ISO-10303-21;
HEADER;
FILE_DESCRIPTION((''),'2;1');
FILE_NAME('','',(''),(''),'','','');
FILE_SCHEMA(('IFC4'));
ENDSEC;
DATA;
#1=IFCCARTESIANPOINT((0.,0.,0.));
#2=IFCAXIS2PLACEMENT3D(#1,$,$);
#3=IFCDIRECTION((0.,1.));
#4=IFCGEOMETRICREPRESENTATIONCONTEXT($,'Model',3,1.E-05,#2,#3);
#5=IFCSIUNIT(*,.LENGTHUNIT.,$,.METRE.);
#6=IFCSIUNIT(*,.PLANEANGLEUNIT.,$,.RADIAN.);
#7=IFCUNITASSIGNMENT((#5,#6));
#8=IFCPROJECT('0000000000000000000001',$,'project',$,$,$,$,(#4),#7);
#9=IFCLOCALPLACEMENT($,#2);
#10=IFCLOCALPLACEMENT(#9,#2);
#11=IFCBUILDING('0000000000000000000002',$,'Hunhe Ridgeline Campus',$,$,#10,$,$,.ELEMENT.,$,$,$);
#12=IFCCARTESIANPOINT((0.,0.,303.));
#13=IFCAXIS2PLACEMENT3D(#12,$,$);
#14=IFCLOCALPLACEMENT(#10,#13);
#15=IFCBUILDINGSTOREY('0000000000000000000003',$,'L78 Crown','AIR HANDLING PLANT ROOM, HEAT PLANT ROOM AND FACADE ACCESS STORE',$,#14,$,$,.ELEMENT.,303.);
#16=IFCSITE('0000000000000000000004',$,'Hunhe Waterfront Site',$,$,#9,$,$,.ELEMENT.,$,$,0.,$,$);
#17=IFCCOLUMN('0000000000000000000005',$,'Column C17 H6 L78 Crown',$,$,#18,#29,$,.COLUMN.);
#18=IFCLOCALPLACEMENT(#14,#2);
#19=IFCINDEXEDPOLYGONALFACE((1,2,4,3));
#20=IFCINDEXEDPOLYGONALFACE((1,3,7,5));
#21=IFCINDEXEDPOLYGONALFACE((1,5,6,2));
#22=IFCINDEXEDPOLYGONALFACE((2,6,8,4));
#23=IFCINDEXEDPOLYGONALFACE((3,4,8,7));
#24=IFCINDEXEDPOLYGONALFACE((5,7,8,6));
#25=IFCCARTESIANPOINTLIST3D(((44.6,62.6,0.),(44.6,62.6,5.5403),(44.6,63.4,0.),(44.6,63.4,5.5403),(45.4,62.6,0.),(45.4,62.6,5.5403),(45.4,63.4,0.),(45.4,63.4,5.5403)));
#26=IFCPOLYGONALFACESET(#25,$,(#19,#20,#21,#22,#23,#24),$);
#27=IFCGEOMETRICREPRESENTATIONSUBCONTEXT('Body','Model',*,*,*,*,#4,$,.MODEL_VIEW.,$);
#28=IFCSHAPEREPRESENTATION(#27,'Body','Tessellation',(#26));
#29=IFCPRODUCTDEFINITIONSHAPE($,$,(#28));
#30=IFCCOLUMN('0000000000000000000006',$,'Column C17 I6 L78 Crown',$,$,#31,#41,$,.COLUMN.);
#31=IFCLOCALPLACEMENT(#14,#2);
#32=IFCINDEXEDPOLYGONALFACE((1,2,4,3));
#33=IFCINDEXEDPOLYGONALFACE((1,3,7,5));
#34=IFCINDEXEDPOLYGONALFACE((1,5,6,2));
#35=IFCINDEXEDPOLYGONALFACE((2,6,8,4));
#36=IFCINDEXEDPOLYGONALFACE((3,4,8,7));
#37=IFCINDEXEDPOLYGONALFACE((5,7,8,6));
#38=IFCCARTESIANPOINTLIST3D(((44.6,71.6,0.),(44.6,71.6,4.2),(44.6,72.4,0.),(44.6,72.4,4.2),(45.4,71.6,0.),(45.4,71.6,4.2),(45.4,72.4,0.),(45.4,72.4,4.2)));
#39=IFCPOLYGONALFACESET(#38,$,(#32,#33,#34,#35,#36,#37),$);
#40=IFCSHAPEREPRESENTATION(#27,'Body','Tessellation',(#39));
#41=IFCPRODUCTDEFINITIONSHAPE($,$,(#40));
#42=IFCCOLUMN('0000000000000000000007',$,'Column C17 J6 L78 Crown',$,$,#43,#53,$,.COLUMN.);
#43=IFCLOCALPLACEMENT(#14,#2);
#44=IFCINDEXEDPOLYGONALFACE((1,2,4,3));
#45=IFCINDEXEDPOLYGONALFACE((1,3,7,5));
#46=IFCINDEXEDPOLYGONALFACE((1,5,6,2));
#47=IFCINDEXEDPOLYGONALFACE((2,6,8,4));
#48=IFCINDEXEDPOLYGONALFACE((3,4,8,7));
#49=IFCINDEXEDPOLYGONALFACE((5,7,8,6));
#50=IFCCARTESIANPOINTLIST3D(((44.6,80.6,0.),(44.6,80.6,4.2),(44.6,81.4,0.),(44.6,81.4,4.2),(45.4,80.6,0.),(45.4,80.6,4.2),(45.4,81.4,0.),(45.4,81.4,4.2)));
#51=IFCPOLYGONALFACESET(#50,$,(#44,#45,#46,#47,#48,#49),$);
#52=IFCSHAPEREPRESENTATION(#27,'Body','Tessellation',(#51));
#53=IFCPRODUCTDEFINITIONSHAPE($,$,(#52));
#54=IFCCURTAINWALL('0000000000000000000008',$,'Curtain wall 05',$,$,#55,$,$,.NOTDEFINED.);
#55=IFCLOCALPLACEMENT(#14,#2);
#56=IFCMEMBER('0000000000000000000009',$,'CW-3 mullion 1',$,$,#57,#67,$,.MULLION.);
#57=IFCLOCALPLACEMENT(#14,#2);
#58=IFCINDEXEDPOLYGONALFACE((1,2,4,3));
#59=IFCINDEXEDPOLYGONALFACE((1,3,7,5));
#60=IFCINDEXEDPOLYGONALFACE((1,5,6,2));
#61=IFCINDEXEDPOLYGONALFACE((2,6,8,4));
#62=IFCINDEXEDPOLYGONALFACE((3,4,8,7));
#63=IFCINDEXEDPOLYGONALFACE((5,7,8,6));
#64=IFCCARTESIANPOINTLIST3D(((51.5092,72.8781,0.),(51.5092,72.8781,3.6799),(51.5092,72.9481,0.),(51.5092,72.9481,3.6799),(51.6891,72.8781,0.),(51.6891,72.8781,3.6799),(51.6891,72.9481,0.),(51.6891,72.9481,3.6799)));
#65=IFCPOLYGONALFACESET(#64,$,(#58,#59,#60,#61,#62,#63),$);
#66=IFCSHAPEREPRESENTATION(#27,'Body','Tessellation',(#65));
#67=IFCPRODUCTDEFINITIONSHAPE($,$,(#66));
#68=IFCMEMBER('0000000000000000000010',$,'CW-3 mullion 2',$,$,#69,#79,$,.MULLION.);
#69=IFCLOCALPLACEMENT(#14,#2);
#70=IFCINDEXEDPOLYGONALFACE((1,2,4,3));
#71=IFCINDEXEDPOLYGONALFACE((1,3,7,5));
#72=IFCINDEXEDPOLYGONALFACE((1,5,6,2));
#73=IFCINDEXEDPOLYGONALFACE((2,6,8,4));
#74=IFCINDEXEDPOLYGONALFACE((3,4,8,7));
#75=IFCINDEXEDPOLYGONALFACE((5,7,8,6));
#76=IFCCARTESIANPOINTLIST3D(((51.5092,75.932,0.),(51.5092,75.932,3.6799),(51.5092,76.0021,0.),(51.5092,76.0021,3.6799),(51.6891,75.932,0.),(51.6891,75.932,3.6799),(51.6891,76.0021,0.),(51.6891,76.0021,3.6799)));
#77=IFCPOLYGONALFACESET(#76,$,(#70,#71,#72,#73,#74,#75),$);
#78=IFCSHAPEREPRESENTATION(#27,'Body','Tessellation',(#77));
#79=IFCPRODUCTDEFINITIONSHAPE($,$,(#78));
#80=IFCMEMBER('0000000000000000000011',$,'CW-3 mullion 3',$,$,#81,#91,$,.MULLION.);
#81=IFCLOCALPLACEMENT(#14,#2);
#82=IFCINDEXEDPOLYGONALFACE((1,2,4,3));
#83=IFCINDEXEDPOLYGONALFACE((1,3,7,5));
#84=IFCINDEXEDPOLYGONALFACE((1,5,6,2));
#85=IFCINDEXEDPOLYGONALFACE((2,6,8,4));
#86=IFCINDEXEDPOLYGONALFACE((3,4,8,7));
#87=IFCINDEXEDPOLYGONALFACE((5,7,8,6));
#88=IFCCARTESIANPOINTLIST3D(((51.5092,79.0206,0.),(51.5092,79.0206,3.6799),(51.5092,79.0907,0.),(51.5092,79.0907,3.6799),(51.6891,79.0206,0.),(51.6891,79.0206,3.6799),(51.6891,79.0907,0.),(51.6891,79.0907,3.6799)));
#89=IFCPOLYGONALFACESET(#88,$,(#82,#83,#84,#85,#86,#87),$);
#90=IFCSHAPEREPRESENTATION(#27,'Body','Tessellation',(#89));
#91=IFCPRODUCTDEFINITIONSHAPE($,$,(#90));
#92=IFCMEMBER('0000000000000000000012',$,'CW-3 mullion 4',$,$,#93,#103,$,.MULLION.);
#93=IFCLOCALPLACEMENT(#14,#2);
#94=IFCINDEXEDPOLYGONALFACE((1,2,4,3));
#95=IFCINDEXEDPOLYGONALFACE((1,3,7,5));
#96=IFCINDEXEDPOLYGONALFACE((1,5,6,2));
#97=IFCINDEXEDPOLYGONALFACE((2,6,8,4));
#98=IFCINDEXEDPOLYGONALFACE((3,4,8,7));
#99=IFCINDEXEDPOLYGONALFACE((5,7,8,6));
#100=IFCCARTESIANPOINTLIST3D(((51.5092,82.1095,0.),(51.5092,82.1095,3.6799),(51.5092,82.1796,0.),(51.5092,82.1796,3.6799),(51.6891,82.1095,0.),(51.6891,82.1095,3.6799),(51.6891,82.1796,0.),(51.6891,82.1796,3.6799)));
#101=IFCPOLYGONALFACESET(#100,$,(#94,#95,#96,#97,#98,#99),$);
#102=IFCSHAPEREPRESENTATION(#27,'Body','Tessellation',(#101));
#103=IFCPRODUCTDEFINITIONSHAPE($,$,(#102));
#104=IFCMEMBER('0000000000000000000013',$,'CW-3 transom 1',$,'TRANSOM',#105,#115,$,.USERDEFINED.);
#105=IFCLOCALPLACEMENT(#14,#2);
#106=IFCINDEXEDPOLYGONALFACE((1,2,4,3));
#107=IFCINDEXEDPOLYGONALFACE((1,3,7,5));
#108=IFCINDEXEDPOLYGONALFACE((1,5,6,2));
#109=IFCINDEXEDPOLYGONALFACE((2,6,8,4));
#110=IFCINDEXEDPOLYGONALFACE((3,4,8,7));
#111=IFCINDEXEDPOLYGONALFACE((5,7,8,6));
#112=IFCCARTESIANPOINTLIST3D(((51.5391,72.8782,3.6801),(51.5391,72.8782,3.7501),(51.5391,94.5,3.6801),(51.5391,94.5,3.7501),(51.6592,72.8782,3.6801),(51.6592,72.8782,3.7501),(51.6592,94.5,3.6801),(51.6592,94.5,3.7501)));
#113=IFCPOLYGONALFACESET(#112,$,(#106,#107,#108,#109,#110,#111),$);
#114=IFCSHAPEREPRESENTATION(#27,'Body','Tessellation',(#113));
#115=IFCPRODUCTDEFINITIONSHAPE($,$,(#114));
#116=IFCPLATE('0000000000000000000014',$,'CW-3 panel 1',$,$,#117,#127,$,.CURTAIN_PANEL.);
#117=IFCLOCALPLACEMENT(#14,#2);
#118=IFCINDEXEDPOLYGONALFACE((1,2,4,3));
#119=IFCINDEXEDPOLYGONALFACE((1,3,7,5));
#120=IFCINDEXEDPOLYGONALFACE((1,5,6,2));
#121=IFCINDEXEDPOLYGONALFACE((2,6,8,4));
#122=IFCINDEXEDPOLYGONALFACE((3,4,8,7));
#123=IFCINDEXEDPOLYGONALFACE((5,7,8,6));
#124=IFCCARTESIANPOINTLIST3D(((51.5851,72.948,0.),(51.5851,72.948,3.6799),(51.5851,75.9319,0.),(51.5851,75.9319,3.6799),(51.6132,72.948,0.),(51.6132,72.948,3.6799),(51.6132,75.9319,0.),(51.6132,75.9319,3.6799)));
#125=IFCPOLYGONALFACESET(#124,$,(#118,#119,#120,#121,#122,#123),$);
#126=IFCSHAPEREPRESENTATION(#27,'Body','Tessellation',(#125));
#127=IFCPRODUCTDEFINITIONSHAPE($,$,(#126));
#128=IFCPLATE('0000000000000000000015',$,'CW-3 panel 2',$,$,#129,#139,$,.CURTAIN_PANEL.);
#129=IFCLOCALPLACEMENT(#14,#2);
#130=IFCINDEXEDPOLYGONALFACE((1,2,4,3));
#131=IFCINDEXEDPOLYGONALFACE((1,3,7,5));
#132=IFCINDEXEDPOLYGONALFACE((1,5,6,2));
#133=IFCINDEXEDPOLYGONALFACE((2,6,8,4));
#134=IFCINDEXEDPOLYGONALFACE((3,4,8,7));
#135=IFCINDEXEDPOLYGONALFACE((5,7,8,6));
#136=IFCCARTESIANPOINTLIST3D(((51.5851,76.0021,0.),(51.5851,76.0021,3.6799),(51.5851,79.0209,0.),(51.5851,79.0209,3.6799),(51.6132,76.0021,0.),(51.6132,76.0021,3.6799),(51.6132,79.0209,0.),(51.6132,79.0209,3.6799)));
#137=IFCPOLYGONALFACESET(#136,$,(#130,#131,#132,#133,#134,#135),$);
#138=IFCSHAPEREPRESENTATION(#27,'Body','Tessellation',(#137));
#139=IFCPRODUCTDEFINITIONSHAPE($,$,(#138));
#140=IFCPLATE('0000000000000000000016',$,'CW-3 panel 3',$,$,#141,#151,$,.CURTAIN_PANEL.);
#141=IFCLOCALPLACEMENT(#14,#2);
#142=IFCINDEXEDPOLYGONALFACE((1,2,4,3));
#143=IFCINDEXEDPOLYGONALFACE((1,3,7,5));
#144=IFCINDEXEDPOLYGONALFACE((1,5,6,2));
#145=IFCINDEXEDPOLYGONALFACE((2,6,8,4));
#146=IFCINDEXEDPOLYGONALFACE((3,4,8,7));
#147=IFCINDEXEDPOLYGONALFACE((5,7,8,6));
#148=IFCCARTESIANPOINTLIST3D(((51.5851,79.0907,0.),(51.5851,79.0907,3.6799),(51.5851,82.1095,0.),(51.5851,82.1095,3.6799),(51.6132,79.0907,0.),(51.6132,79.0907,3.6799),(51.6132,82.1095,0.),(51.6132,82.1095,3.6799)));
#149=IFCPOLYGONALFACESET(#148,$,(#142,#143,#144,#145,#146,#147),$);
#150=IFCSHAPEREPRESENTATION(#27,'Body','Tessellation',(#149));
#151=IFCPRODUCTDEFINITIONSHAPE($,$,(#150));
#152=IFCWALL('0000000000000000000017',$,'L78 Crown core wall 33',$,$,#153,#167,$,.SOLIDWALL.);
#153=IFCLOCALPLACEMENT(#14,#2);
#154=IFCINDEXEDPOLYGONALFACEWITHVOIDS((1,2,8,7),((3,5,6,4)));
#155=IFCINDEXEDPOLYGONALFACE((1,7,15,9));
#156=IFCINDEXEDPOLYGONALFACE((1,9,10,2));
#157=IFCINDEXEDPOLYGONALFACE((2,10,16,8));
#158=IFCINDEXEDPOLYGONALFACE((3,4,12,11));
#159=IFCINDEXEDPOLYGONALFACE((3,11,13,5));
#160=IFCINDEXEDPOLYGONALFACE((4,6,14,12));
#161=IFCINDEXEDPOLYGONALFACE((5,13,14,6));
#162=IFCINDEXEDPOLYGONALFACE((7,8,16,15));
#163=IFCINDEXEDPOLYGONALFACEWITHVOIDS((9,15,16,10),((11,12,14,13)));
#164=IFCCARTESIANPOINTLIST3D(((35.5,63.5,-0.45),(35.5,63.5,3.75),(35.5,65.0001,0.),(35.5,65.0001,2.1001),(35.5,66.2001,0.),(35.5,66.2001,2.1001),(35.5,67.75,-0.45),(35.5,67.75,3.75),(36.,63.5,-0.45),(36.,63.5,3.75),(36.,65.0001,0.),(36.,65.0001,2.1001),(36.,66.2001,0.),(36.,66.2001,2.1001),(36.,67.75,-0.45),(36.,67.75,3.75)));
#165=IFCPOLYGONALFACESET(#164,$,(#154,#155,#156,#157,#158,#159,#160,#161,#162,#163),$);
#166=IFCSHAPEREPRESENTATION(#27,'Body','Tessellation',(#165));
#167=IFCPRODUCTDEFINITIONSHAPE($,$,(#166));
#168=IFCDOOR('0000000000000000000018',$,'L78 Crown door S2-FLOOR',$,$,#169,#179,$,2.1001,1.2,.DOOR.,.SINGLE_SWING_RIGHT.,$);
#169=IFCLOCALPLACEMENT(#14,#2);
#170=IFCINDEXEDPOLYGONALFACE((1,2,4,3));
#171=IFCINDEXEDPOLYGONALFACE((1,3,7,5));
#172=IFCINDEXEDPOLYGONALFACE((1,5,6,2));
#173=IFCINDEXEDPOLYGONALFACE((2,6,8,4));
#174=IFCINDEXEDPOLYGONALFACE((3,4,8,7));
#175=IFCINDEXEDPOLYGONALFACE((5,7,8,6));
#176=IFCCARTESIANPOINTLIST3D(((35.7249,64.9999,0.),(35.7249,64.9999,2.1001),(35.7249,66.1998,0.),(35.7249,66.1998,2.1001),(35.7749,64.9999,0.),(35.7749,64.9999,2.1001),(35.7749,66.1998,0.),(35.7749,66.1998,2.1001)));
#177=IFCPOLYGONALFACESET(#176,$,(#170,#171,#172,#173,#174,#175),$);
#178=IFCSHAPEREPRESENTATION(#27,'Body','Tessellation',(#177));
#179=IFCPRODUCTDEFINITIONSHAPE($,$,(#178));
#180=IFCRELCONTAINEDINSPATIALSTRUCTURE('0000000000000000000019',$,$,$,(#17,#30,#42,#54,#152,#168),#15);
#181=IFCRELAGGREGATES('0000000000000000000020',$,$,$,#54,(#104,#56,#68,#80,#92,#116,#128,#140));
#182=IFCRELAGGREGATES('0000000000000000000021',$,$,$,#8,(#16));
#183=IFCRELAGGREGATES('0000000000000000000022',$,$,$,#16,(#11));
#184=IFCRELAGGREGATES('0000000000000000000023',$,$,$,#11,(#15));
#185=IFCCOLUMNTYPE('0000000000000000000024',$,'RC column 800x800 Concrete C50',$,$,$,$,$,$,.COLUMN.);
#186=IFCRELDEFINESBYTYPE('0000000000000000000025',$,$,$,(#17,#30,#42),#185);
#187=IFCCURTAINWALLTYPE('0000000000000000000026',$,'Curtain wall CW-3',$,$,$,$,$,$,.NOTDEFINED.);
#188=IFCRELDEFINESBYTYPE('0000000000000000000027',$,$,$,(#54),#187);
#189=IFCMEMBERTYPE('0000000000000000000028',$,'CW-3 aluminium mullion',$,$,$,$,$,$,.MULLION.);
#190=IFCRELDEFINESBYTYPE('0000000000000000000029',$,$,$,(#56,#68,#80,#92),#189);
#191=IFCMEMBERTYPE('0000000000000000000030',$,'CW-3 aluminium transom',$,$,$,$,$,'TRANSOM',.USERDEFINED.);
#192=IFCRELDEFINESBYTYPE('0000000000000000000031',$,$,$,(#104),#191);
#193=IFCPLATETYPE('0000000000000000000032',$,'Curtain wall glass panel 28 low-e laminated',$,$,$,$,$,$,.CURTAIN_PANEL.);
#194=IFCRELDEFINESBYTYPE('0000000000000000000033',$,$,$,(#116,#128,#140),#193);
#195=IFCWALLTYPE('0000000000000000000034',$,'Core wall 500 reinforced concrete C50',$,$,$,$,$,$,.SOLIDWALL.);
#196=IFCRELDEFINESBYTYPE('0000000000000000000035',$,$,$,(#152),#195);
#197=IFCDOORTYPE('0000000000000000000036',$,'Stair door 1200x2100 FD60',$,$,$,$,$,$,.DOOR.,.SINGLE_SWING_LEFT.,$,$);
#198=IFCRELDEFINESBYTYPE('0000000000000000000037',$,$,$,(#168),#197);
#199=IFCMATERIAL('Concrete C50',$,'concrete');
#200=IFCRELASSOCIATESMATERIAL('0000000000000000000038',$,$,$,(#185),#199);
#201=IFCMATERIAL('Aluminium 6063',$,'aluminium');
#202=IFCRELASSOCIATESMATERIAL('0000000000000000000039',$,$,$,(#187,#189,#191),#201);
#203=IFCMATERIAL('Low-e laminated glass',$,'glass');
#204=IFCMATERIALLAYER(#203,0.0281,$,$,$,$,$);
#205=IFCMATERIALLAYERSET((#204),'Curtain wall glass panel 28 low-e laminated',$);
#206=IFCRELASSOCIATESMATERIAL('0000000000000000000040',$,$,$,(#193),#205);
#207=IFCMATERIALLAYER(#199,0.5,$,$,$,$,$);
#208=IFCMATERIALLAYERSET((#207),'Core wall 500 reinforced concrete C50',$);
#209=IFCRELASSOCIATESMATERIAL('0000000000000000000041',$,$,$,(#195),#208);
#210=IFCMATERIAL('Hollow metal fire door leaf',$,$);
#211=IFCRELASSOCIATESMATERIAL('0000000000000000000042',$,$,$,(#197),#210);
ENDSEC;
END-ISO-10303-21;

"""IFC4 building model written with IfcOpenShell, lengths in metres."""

from ifc_helpers import new_model, si_unit, direction, frame, frame_2d, origin, origin_2d, place, context, subcontext, project, spatial, rectangle, extrude, material, layer, layer_set, material_profile, profile_set, type_object, element, fill, aggregate, save


model = new_model("IFC4")

# Units and contexts
model_context = context("Model", 3, precision=1e-05, world=origin(), true_north=direction((0.0, 1.0)))
body_context = subcontext(model_context, "Body", "Model", "MODEL_VIEW")
ifc_project = project(units=[si_unit("LENGTHUNIT", "METRE"), si_unit("PLANEANGLEUNIT", "RADIAN")], contexts=[model_context])

# Site, building, storey
site_placement = place(None, origin())
site = spatial("IfcSite", under=ifc_project, at=site_placement, Name="Hunhe Waterfront Site", CompositionType="ELEMENT", RefElevation=0.0)
building_placement = place(site_placement, origin())
building = spatial("IfcBuilding", under=site, at=building_placement, Name="Hunhe Ridgeline Campus", CompositionType="ELEMENT")
storey_placement = place(building_placement, frame((0.0, 0.0, 303.0)))
storey = spatial("IfcBuildingStorey", under=building, at=storey_placement, Name="L78 Crown", Description="AIR HANDLING PLANT ROOM, HEAT PLANT ROOM AND FACADE ACCESS STORE", CompositionType="ELEMENT", Elevation=303.0)

# Columns
ifc_material_1 = material(Name="Concrete C50", Category="concrete")
ifc_material_profile_1 = material_profile(ifc_material_1, rectangle(XDim=0.8, YDim=0.8, at=origin_2d()))
ifc_profile_set_1 = profile_set([ifc_material_profile_1], Name="Concrete C50")
column_type = type_object("IfcColumnType", Name="RC column 800x800 Concrete C50", PredefinedType="COLUMN", material=ifc_profile_set_1)
column_placement = place(storey_placement, frame((45.0, 63.0, 0.0), z_axis=(0.0, 0.0, 1.0), x_axis=(1.0, 0.0, 0.0)))
element("IfcColumn", 1, at=column_placement, inside=storey, type_object=column_type, Name="Column C17 H6 L78 Crown", PredefinedType="COLUMN", context=body_context, shape_type="SweptSolid", body=[
    extrude(rectangle(XDim=0.8, YDim=0.8, at=origin_2d()), origin(), (0.0, 0.0, 1.0), 5.5403),
])
for number, where, z_axis, x_axis, name in (
    (2, (45.0, 72.0, 0.0), (0.0, 0.0, 1.0), (1.0, 0.0, 0.0), "Column C17 I6 L78 Crown"),
    (3, (45.0, 81.0, 0.0), (0.0, 0.0, 1.0), (1.0, 0.0, 0.0), "Column C17 J6 L78 Crown"),
):
    element("IfcColumn", number, at=place(storey_placement, frame(where, z_axis=z_axis, x_axis=x_axis)), inside=storey, type_object=column_type, Name=name, PredefinedType="COLUMN", context=body_context, shape_type="SweptSolid", body=[
        extrude(rectangle(XDim=0.8, YDim=0.8, at=origin_2d()), origin(), (0.0, 0.0, 1.0), 4.2),
    ])

# Curtain wall, members, plates
ifc_material_2 = material(Name="Aluminium 6063", Category="aluminium")
curtain_wall_type = type_object("IfcCurtainWallType", Name="Curtain wall CW-3", PredefinedType="NOTDEFINED", material=ifc_material_2)
curtain_wall_placement = place(storey_placement, origin())
curtain_wall = element("IfcCurtainWall", 4, at=curtain_wall_placement, inside=storey, type_object=curtain_wall_type, Name="Curtain wall 05", PredefinedType="NOTDEFINED")
ifc_material_profile_2 = material_profile(ifc_material_2, rectangle(XDim=0.1799, YDim=0.0701, at=origin_2d()))
ifc_profile_set_2 = profile_set([ifc_material_profile_2], Name="Aluminium 6063")
member_type_1 = type_object("IfcMemberType", Name="CW-3 aluminium mullion", PredefinedType="MULLION", material=ifc_profile_set_2)
member_1_placement = place(storey_placement, frame((51.5991, 72.9131, 0.0), z_axis=(0.0, 0.0, 1.0), x_axis=(-1.0, 0.0, 0.0)))
member_1 = element("IfcMember", 5, at=member_1_placement, type_object=member_type_1, Name="CW-3 mullion 1", PredefinedType="MULLION", context=body_context, shape_type="SweptSolid", body=[
    extrude(rectangle(XDim=0.1799, YDim=0.0701, at=origin_2d()), origin(), (0.0, 0.0, 1.0), 3.6799),
])
member_2_placement = place(storey_placement, frame((51.5991, 75.967, 0.0), z_axis=(0.0, 0.0, 1.0), x_axis=(-1.0, 0.0, 0.0)))
member_2 = element("IfcMember", 6, at=member_2_placement, type_object=member_type_1, Name="CW-3 mullion 2", PredefinedType="MULLION", context=body_context, shape_type="SweptSolid", body=[
    extrude(rectangle(XDim=0.1799, YDim=0.0701, at=origin_2d()), origin(), (0.0, 0.0, 1.0), 3.6799),
])
member_3_placement = place(storey_placement, frame((51.5991, 79.0557, 0.0), z_axis=(0.0, 0.0, 1.0), x_axis=(-1.0, 0.0, 0.0)))
member_3 = element("IfcMember", 7, at=member_3_placement, type_object=member_type_1, Name="CW-3 mullion 3", PredefinedType="MULLION", context=body_context, shape_type="SweptSolid", body=[
    extrude(rectangle(XDim=0.1799, YDim=0.0701, at=origin_2d()), origin(), (0.0, 0.0, 1.0), 3.6799),
])
member_4_placement = place(storey_placement, frame((51.5991, 82.1445, 0.0), z_axis=(0.0, 0.0, 1.0), x_axis=(-1.0, 0.0, 0.0)))
member_4 = element("IfcMember", 8, at=member_4_placement, type_object=member_type_1, Name="CW-3 mullion 4", PredefinedType="MULLION", context=body_context, shape_type="SweptSolid", body=[
    extrude(rectangle(XDim=0.1799, YDim=0.0701, at=origin_2d()), origin(), (0.0, 0.0, 1.0), 3.6799),
])
ifc_material_profile_3 = material_profile(ifc_material_2, rectangle(XDim=0.1201, YDim=0.0701, at=origin_2d()))
ifc_profile_set_3 = profile_set([ifc_material_profile_3], Name="Aluminium 6063")
member_type_2 = type_object("IfcMemberType", Name="CW-3 aluminium transom", ElementType="TRANSOM", PredefinedType="USERDEFINED", material=ifc_profile_set_3)
member_5_placement = place(storey_placement, frame((51.5991, 72.8782, 3.7151), z_axis=(0.0, 1.0, 0.0), x_axis=(-1.0, 0.0, 0.0)))
member_5 = element("IfcMember", 9, at=member_5_placement, type_object=member_type_2, Name="CW-3 transom 1", ObjectType="TRANSOM", PredefinedType="USERDEFINED", context=body_context, shape_type="SweptSolid", body=[
    extrude(rectangle(XDim=0.1201, YDim=0.0701, at=origin_2d()), origin(), (0.0, 0.0, 1.0), 21.6218),
])
ifc_material_3 = material(Name="Low-e laminated glass", Category="glass")
ifc_layer_1 = layer(ifc_material_3, 0.0281)
ifc_layer_set_1 = layer_set([ifc_layer_1], Name="Curtain wall glass panel 28 low-e laminated")
plate_type = type_object("IfcPlateType", Name="Curtain wall glass panel 28 low-e laminated", PredefinedType="CURTAIN_PANEL", material=ifc_layer_set_1)
plate_1_placement = place(storey_placement, frame((51.5991, 74.4399, 0.0), z_axis=(0.0, 0.0, 1.0), x_axis=(0.0, 1.0, 0.0)))
plate_1 = element("IfcPlate", 10, at=plate_1_placement, type_object=plate_type, Name="CW-3 panel 1", PredefinedType="CURTAIN_PANEL", context=body_context, shape_type="SweptSolid", body=[
    extrude(rectangle(XDim=2.9839, YDim=0.0281, at=origin_2d()), origin(), (0.0, 0.0, 1.0), 3.6799),
])
plate_2_placement = place(storey_placement, frame((51.5991, 77.5115, 0.0), z_axis=(0.0, 0.0, 1.0), x_axis=(0.0, 1.0, 0.0)))
plate_2 = element("IfcPlate", 11, at=plate_2_placement, type_object=plate_type, Name="CW-3 panel 2", PredefinedType="CURTAIN_PANEL", context=body_context, shape_type="SweptSolid", body=[
    extrude(rectangle(XDim=3.0188, YDim=0.0281, at=origin_2d()), origin(), (0.0, 0.0, 1.0), 3.6799),
])
plate_3_placement = place(storey_placement, frame((51.5991, 80.6001, 0.0), z_axis=(0.0, 0.0, 1.0), x_axis=(0.0, 1.0, 0.0)))
plate_3 = element("IfcPlate", 12, at=plate_3_placement, type_object=plate_type, Name="CW-3 panel 3", PredefinedType="CURTAIN_PANEL", context=body_context, shape_type="SweptSolid", body=[
    extrude(rectangle(XDim=3.0188, YDim=0.0281, at=origin_2d()), origin(), (0.0, 0.0, 1.0), 3.6799),
])
aggregate(curtain_wall, [member_5, member_1, member_2, member_3, member_4, plate_1, plate_2, plate_3])

# Wall, opening, door
ifc_layer_2 = layer(ifc_material_1, 0.5)
ifc_layer_set_2 = layer_set([ifc_layer_2], Name="Core wall 500 reinforced concrete C50")
wall_type_1 = type_object("IfcWallType", Name="Core wall 500 reinforced concrete C50", PredefinedType="SOLIDWALL", material=ifc_layer_set_2)
wall_1_placement = place(storey_placement, frame((35.75, 63.5, -0.45), z_axis=(0.0, 0.0, 1.0), x_axis=(0.0, 1.0, 0.0)))
wall_1 = element("IfcWall", 13, at=wall_1_placement, inside=storey, type_object=wall_type_1, Name="L78 Crown core wall 33", PredefinedType="SOLIDWALL", context=body_context, shape_type="SweptSolid", body=[
    extrude(rectangle(XDim=4.25, YDim=0.5, at=frame_2d((2.125, 0.0))), origin(), (0.0, 0.0, 1.0), 4.2),
])
opening_1_placement = place(wall_1_placement, frame((1.5, 0.0, 0.45)))
opening_1 = element("IfcOpeningElement", 14, at=opening_1_placement, cuts=wall_1, PredefinedType="OPENING", context=body_context, shape_type="SweptSolid", body=[
    extrude(rectangle(XDim=1.2, YDim=2.1001, at=frame_2d((0.6001, 1.05))), frame((0.0, 0.25, 0.0), z_axis=(0.0, -1.0, 0.0), x_axis=(1.0, 0.0, 0.0)), (0.0, 0.0, 1.0), 0.5),
])
ifc_material_4 = material(Name="Hollow metal fire door leaf")
door_type_1 = type_object("IfcDoorType", Name="Stair door 1200x2100 FD60", OperationType="SINGLE_SWING_LEFT", PredefinedType="DOOR", material=ifc_material_4)
door_1_placement = place(opening_1_placement, frame((1.2, 0.0, 0.0), z_axis=(0.0, 0.0, 1.0), x_axis=(-1.0, 0.0, 0.0)))
door_1 = element("IfcDoor", 15, at=door_1_placement, inside=storey, type_object=door_type_1, Name="L78 Crown door S2-FLOOR", OperationType="SINGLE_SWING_RIGHT", OverallHeight=2.1001, OverallWidth=1.2, PredefinedType="DOOR", context=body_context, shape_type="SweptSolid", body=[
    extrude(rectangle(XDim=1.2, YDim=2.1001, at=frame_2d((0.6001, 1.05))), frame((0.0, 0.0249, 0.0), z_axis=(0.0, -1.0, 0.0), x_axis=(1.0, 0.0, 0.0)), (0.0, 0.0, 1.0), 0.05),
])
fill(opening_1, door_1)

save(model, "model.ifc")
